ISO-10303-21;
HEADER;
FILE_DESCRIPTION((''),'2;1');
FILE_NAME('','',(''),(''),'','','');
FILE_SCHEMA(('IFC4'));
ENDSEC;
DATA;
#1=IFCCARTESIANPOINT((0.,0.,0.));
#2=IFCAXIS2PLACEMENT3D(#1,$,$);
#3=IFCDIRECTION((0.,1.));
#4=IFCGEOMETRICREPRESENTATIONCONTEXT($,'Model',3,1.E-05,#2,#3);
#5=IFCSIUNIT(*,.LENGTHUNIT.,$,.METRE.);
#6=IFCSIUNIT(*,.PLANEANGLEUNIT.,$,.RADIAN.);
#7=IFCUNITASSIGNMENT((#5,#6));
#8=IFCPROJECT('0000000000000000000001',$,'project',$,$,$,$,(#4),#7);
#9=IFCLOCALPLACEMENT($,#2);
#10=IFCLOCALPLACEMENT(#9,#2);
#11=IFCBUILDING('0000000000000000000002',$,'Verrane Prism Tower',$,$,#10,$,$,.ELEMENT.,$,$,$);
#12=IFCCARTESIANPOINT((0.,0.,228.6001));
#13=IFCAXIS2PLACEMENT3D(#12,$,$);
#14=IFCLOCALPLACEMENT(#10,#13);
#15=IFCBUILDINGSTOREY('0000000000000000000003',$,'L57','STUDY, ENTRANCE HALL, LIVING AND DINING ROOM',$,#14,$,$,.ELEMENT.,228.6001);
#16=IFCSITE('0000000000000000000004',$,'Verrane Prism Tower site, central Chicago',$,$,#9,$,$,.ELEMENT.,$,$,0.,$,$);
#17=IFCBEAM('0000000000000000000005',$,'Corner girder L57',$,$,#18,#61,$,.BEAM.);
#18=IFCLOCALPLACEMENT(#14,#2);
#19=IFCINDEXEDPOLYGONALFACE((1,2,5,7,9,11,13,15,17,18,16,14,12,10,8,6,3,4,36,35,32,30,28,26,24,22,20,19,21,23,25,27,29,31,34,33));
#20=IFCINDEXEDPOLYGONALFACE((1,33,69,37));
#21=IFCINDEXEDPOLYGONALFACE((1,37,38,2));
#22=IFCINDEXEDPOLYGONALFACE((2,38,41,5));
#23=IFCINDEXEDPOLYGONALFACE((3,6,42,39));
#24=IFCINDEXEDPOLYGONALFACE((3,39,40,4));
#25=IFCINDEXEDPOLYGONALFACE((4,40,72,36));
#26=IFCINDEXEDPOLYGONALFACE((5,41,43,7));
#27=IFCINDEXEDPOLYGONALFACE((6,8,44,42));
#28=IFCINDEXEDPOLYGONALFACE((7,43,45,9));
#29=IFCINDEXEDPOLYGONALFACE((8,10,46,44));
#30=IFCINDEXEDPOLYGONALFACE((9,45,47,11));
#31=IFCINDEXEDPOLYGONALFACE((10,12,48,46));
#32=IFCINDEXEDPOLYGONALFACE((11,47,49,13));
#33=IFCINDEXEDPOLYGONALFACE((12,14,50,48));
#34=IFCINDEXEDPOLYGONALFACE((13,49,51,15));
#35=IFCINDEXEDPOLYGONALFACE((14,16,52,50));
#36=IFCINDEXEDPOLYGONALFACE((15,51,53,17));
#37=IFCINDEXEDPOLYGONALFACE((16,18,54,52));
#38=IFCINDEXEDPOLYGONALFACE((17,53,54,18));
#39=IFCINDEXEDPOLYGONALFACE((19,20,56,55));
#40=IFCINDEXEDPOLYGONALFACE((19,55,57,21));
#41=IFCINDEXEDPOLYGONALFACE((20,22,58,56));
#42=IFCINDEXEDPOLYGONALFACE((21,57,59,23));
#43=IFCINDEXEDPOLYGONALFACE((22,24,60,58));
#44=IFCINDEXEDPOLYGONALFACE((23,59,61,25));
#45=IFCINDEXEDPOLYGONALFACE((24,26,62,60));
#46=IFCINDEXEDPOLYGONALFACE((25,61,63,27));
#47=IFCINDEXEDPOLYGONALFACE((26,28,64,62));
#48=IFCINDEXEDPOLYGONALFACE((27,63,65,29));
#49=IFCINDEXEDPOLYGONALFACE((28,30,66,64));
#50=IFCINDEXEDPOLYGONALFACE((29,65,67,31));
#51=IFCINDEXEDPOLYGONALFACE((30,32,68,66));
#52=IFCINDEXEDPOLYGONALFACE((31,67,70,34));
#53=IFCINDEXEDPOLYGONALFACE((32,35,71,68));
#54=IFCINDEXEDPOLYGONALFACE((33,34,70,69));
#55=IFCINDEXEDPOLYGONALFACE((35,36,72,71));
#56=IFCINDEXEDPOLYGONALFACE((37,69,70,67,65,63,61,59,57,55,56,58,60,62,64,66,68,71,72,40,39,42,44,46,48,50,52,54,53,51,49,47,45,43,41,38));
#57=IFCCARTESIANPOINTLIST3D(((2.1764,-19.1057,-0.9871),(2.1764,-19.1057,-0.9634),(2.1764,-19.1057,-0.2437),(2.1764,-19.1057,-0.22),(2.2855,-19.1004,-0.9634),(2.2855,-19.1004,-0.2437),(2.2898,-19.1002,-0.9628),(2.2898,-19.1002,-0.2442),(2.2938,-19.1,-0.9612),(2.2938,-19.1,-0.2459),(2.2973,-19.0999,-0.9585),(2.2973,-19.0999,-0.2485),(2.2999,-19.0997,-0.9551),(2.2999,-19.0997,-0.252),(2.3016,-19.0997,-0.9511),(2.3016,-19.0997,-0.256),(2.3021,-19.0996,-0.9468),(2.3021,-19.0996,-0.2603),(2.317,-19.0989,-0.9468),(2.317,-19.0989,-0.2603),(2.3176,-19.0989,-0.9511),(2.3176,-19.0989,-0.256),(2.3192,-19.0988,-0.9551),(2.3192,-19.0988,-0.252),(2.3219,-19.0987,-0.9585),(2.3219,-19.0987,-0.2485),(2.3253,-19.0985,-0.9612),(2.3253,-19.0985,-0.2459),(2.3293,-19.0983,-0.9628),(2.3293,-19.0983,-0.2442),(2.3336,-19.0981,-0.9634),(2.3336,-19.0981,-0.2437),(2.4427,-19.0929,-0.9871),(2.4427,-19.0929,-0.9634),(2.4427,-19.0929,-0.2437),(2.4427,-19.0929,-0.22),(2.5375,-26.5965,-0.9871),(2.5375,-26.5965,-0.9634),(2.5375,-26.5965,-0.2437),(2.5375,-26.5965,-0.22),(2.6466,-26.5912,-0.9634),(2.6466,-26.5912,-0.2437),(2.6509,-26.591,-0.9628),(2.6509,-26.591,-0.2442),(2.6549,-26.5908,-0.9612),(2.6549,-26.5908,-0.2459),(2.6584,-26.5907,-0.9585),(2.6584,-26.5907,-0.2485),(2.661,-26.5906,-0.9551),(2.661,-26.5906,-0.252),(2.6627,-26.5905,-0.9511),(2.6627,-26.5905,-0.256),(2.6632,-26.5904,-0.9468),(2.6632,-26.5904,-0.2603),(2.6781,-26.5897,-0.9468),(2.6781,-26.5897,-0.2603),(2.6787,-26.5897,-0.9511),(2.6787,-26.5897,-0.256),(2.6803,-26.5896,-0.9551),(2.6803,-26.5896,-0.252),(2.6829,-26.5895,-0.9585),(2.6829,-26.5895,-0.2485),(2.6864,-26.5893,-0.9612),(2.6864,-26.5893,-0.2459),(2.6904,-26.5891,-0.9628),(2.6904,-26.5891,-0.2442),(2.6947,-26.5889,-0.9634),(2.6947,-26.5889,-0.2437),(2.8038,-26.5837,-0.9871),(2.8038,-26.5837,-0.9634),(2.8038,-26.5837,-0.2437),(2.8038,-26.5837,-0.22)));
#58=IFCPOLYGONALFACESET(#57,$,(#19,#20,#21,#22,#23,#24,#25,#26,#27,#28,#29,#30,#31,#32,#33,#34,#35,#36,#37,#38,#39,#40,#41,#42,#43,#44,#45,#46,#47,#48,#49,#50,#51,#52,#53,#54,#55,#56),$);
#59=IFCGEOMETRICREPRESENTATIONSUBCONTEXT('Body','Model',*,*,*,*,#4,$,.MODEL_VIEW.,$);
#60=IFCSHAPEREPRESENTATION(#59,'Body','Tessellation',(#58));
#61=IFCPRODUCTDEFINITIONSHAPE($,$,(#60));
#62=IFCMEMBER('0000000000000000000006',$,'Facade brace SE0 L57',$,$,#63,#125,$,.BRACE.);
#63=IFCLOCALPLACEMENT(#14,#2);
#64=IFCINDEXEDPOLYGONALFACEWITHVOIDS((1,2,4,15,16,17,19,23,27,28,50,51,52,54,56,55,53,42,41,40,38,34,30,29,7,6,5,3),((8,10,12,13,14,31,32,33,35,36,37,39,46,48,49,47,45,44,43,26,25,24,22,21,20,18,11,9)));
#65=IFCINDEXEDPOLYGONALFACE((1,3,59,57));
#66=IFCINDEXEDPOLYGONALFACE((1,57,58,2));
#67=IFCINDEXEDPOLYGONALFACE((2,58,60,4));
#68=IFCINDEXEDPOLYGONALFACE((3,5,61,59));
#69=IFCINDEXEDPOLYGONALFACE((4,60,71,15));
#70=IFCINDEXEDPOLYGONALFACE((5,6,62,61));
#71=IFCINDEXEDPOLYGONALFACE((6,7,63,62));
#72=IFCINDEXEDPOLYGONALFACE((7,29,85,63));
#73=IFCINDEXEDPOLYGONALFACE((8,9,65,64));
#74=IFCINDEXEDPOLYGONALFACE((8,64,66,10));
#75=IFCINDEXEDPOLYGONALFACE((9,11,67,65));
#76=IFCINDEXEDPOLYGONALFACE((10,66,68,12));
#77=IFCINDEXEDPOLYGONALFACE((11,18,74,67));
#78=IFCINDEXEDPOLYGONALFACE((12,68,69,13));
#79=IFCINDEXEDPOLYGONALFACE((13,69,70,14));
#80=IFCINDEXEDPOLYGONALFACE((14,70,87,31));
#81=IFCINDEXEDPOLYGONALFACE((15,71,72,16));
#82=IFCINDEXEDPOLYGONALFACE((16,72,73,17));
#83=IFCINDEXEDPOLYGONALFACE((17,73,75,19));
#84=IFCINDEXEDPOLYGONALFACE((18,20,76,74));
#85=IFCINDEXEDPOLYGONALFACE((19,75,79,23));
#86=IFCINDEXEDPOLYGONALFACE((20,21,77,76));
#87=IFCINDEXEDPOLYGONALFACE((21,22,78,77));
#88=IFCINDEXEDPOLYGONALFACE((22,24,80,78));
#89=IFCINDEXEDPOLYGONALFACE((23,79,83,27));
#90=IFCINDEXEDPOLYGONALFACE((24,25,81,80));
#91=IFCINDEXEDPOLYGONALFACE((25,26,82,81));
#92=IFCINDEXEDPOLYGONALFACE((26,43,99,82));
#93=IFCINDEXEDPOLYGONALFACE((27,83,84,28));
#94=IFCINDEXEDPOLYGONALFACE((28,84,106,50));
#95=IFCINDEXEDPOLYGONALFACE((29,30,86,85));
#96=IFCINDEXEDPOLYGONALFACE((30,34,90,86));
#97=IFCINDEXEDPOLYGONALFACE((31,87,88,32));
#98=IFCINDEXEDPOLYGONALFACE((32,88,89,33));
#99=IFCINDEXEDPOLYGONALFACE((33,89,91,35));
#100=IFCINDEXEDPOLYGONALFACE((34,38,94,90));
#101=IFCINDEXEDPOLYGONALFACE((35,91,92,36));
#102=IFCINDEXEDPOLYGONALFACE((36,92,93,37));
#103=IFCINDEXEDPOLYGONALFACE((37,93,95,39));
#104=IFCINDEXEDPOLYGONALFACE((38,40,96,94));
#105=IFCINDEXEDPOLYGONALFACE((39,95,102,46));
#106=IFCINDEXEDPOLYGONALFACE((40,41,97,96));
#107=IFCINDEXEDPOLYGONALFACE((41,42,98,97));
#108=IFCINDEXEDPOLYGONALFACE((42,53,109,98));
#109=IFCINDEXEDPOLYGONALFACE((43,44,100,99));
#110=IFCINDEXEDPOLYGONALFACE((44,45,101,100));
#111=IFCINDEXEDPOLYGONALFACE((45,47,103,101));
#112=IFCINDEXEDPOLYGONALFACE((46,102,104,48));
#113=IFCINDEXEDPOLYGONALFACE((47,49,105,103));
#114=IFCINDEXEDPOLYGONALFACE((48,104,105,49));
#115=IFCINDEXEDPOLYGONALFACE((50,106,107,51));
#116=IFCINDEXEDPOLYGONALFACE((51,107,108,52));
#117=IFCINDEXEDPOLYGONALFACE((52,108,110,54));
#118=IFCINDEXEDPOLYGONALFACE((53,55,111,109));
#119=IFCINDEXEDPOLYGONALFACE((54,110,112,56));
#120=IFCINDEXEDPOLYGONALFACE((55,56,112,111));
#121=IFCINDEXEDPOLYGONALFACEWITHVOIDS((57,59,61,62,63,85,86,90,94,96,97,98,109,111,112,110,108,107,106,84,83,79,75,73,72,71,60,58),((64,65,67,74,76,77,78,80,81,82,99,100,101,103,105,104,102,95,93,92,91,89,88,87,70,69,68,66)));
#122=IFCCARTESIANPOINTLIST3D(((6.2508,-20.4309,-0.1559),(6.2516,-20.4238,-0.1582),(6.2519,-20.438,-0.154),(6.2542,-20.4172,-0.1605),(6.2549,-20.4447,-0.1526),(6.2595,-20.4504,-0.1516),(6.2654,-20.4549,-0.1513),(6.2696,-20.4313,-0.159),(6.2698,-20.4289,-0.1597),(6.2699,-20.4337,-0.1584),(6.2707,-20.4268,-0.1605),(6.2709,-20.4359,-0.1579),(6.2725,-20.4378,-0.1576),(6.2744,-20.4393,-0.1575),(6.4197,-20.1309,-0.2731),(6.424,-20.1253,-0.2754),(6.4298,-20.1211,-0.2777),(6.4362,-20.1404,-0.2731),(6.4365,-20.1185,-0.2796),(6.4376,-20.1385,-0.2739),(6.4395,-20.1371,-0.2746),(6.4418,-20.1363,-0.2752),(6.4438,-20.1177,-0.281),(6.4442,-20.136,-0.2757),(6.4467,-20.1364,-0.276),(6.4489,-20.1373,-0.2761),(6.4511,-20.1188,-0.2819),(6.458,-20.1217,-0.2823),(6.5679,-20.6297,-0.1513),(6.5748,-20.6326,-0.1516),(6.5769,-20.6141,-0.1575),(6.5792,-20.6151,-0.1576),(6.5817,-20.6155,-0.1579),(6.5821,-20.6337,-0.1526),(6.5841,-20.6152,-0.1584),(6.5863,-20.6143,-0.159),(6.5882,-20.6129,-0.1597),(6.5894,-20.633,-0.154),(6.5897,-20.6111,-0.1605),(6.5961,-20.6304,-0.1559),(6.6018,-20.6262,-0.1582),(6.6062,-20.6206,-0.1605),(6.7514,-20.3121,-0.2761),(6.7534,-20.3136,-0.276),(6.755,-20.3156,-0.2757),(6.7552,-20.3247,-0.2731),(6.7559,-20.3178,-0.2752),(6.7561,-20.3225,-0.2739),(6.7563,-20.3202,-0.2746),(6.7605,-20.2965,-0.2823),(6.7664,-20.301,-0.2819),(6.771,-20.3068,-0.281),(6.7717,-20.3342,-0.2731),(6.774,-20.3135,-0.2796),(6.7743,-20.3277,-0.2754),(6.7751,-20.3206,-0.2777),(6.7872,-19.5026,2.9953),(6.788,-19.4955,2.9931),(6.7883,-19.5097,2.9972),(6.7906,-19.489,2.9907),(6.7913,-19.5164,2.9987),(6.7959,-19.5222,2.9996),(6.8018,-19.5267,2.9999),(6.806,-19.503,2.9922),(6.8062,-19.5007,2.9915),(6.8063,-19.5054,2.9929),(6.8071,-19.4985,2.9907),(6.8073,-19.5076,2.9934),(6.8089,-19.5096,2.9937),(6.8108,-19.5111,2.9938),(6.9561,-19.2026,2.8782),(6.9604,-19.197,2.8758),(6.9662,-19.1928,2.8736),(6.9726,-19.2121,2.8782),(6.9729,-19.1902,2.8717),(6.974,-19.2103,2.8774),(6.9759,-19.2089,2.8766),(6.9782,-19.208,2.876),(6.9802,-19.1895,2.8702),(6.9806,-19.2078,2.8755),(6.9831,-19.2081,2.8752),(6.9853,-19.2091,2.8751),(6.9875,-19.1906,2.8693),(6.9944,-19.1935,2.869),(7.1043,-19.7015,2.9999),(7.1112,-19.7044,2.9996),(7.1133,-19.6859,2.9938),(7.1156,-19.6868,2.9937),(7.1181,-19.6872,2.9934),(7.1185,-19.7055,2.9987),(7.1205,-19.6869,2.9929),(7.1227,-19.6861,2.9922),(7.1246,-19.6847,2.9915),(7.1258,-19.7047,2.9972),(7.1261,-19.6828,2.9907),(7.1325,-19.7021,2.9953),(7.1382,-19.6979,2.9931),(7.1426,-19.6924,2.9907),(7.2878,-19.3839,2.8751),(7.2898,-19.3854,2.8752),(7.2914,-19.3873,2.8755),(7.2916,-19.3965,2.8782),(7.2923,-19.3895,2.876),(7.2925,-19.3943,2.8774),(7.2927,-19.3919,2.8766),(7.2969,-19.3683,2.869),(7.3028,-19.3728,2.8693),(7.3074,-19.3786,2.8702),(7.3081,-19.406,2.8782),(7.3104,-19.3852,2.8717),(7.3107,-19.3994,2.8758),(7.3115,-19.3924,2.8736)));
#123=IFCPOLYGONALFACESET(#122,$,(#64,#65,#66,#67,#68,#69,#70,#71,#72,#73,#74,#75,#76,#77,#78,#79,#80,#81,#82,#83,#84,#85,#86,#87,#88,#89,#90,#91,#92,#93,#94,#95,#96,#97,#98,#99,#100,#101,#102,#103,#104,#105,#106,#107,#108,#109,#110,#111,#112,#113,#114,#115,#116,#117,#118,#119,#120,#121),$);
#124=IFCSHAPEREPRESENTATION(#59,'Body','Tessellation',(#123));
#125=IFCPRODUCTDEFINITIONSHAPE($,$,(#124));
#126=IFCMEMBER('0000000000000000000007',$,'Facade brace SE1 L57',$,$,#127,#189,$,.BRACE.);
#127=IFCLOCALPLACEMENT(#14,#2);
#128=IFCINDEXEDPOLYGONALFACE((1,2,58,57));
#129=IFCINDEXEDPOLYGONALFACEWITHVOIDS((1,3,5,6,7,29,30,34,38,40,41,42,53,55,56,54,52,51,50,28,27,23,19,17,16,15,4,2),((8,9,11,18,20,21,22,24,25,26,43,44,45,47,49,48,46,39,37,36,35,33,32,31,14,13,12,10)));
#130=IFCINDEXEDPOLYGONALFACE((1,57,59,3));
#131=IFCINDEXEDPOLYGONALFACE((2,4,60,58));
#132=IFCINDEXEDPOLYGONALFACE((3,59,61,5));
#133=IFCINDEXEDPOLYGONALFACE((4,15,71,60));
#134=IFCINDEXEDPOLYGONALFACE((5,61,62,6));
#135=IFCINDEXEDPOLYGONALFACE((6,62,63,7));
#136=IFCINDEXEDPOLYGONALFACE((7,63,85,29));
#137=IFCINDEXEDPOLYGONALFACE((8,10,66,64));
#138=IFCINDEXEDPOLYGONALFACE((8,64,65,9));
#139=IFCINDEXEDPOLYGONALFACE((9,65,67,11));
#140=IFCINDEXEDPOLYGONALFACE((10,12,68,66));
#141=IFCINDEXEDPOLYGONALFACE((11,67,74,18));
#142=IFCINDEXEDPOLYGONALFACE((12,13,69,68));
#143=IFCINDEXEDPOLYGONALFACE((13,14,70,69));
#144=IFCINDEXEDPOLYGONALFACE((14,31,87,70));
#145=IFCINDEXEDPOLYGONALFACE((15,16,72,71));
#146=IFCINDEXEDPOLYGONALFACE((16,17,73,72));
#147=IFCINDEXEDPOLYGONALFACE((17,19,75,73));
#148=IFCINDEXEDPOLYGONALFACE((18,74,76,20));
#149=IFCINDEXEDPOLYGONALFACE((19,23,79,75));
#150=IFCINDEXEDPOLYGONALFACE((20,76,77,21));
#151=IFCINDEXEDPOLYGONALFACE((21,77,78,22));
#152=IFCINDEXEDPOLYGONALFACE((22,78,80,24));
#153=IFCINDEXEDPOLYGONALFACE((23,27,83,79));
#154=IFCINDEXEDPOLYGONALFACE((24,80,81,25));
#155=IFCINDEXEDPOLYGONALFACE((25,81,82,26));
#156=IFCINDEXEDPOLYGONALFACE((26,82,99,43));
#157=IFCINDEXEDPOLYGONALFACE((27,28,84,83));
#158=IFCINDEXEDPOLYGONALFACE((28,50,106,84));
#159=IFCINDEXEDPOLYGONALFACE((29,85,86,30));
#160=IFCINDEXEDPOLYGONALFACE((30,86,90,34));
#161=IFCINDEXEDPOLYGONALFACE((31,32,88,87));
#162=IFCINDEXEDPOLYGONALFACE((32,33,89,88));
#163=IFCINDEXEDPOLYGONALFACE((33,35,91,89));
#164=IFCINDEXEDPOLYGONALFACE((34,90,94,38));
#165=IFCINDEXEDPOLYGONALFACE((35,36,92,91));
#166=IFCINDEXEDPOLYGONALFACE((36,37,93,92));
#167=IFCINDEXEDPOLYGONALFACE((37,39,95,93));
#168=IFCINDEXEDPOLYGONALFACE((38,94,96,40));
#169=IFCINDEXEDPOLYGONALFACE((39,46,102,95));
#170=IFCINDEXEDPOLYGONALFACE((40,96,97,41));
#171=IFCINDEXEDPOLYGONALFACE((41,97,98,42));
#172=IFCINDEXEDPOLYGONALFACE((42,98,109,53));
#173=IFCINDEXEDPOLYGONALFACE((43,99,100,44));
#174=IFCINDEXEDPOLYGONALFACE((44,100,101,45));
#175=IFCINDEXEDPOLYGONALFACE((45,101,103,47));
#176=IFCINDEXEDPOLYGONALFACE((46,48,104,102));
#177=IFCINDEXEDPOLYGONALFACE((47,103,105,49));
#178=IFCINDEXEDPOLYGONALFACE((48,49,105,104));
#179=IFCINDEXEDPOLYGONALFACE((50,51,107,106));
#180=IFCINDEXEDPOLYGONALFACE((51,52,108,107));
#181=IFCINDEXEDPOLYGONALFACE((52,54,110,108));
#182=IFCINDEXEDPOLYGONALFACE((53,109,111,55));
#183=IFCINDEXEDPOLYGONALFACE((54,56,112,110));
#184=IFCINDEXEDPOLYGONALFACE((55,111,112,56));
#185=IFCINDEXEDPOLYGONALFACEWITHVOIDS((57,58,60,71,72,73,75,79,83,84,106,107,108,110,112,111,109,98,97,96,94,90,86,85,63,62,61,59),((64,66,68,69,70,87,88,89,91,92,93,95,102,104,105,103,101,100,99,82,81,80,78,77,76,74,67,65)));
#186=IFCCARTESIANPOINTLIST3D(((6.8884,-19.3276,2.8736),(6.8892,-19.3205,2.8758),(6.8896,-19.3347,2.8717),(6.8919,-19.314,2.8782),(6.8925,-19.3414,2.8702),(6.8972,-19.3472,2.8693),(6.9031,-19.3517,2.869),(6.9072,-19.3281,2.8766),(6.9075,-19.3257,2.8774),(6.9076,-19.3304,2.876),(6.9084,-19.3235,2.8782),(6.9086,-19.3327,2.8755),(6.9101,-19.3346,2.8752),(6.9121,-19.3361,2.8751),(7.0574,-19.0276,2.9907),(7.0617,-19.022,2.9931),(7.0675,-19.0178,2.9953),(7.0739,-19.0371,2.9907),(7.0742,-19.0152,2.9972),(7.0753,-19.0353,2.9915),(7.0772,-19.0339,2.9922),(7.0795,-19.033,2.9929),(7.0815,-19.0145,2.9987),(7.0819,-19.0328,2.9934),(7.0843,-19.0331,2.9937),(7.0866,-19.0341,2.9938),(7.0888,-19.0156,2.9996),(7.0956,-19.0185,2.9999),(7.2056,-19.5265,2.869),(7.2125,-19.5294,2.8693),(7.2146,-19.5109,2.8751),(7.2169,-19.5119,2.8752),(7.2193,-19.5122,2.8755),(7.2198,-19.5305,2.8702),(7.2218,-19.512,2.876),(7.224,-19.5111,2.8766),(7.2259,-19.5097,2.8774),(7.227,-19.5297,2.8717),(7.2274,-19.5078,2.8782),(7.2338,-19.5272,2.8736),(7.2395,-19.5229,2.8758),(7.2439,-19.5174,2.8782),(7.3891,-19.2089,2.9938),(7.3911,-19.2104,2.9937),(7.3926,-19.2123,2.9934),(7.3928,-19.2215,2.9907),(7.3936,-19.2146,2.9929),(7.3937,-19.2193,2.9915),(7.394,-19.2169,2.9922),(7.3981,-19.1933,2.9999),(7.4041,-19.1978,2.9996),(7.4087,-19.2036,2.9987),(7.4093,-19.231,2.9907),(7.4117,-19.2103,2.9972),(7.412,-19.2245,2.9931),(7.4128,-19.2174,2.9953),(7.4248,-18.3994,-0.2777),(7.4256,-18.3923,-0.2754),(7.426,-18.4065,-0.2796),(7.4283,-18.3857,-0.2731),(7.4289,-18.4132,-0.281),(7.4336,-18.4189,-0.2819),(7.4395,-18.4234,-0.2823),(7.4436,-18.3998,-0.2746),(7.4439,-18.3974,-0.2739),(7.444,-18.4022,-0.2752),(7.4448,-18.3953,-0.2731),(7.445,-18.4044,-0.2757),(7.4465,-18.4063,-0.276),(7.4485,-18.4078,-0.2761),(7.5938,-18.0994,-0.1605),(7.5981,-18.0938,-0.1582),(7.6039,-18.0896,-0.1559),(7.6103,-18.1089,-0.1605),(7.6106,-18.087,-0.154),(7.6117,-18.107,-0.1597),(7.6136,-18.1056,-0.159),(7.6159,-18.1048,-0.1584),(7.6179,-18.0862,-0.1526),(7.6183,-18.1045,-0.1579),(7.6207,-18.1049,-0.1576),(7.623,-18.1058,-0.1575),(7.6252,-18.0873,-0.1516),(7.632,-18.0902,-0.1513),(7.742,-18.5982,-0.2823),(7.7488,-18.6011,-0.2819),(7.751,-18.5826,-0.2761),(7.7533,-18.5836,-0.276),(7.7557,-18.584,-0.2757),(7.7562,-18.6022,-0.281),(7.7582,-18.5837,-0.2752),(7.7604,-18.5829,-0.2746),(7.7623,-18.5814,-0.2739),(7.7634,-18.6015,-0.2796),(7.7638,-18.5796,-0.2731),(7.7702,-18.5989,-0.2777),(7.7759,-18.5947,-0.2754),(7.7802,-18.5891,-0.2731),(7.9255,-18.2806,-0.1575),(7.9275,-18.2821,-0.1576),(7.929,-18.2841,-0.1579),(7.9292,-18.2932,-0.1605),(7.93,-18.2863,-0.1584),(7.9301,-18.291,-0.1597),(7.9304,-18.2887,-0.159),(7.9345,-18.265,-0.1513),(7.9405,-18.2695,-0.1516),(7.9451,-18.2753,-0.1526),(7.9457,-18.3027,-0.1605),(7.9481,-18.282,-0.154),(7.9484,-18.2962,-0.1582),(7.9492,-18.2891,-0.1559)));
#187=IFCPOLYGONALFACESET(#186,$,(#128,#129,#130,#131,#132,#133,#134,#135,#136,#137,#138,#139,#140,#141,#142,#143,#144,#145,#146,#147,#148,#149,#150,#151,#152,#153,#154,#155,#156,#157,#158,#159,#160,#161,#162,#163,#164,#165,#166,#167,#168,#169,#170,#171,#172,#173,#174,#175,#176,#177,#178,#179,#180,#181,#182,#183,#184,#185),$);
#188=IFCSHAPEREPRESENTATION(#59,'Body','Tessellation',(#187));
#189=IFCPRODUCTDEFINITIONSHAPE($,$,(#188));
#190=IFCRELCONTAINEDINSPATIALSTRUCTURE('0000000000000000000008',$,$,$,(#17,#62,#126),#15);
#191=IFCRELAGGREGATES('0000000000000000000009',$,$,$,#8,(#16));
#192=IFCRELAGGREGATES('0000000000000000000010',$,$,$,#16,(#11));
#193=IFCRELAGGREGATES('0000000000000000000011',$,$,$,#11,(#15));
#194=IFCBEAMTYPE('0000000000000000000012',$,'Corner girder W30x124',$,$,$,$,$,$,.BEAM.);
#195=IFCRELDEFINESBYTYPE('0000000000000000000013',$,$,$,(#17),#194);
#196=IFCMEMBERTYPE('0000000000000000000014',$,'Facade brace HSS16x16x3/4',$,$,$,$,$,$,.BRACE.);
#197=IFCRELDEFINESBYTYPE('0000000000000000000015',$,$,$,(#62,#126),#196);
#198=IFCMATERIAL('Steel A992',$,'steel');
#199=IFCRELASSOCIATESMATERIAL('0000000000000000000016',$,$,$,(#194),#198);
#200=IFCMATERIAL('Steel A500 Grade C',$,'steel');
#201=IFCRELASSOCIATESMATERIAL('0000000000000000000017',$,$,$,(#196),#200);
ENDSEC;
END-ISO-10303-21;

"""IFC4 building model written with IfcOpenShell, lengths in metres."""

from ifc_helpers import new_model, si_unit, direction, frame, origin, origin_2d, place, context, subcontext, project, spatial, hollow_rectangle, i_section, extrude, material, material_profile, profile_set, type_object, element, save


model = new_model("IFC4")

# Units and contexts
model_context = context("Model", 3, precision=1e-05, world=origin(), true_north=direction((0.0, 1.0)))
body_context = subcontext(model_context, "Body", "Model", "MODEL_VIEW")
ifc_project = project(units=[si_unit("LENGTHUNIT", "METRE"), si_unit("PLANEANGLEUNIT", "RADIAN")], contexts=[model_context])

# Site, building, storey
site_placement = place(None, origin())
site = spatial("IfcSite", under=ifc_project, at=site_placement, Name="Verrane Prism Tower site, central Chicago", CompositionType="ELEMENT", RefElevation=0.0)
building_placement = place(site_placement, origin())
building = spatial("IfcBuilding", under=site, at=building_placement, Name="Verrane Prism Tower", CompositionType="ELEMENT")
storey_placement = place(building_placement, frame((0.0, 0.0, 228.6001)))
storey = spatial("IfcBuildingStorey", under=building, at=storey_placement, Name="L57", Description="STUDY, ENTRANCE HALL, LIVING AND DINING ROOM", CompositionType="ELEMENT", Elevation=228.6001)

# Beam
ifc_material_1 = material(Name="Steel A992", Category="steel")
ifc_material_profile_1 = material_profile(ifc_material_1, i_section(OverallWidth=0.2666, OverallDepth=0.7671, WebThickness=0.0149, FlangeThickness=0.0237, FilletRadius=0.0166, at=origin_2d()), Name="W30x124")
ifc_profile_set_1 = profile_set([ifc_material_profile_1], Name="Steel A992")
beam_type_1 = type_object("IfcBeamType", Name="Corner girder W30x124", PredefinedType="BEAM", material=ifc_profile_set_1)
beam_1_placement = place(storey_placement, frame((2.6707, -26.5901, -0.6035), z_axis=(-0.048148, 0.99884, 0.0), x_axis=(-0.99884, -0.048148, 0.0)))
element("IfcBeam", 1, at=beam_1_placement, inside=storey, type_object=beam_type_1, Name="Corner girder L57", PredefinedType="BEAM", context=body_context, shape_type="SweptSolid", body=[
    extrude(i_section(OverallWidth=0.2666, OverallDepth=0.7671, WebThickness=0.0149, FlangeThickness=0.0237, FilletRadius=0.0166, at=origin_2d()), origin(), (0.0, 0.0, 1.0), 7.4995),
])

# Members
ifc_material_2 = material(Name="Steel A500 Grade C", Category="steel")
ifc_material_profile_2 = material_profile(ifc_material_2, hollow_rectangle(XDim=0.4065, YDim=0.4065, WallThickness=0.019, InnerFilletRadius=0.0095, OuterFilletRadius=0.0286, at=origin_2d()), Name="HSS16x16x3/4")
ifc_profile_set_2 = profile_set([ifc_material_profile_2], Name="Steel A500 Grade C")
member_type_1 = type_object("IfcMemberType", Name="Facade brace HSS16x16x3/4", PredefinedType="BRACE", material=ifc_profile_set_2)
for number, where, z_axis, x_axis, name in (
    (2, (6.5129, -20.3757, -0.2168), (0.161147, 0.278872, 0.946711), (-0.865837, 0.500327, 0.0), "Facade brace SE0 L57"),
    (3, (7.687, -18.3442, -0.2168), (-0.161147, -0.278872, 0.946711), (0.865837, -0.500327, 0.0), "Facade brace SE1 L57"),
):
    element("IfcMember", number, at=place(storey_placement, frame(where, z_axis=z_axis, x_axis=x_axis)), inside=storey, type_object=member_type_1, Name=name, PredefinedType="BRACE", context=body_context, shape_type="SweptSolid", body=[
        extrude(hollow_rectangle(XDim=0.4065, YDim=0.4065, WallThickness=0.019, InnerFilletRadius=0.0095, OuterFilletRadius=0.0286, at=origin_2d()), origin(), (0.0, 0.0, 1.0), 3.3286),
    ])

save(model, "model.ifc")
